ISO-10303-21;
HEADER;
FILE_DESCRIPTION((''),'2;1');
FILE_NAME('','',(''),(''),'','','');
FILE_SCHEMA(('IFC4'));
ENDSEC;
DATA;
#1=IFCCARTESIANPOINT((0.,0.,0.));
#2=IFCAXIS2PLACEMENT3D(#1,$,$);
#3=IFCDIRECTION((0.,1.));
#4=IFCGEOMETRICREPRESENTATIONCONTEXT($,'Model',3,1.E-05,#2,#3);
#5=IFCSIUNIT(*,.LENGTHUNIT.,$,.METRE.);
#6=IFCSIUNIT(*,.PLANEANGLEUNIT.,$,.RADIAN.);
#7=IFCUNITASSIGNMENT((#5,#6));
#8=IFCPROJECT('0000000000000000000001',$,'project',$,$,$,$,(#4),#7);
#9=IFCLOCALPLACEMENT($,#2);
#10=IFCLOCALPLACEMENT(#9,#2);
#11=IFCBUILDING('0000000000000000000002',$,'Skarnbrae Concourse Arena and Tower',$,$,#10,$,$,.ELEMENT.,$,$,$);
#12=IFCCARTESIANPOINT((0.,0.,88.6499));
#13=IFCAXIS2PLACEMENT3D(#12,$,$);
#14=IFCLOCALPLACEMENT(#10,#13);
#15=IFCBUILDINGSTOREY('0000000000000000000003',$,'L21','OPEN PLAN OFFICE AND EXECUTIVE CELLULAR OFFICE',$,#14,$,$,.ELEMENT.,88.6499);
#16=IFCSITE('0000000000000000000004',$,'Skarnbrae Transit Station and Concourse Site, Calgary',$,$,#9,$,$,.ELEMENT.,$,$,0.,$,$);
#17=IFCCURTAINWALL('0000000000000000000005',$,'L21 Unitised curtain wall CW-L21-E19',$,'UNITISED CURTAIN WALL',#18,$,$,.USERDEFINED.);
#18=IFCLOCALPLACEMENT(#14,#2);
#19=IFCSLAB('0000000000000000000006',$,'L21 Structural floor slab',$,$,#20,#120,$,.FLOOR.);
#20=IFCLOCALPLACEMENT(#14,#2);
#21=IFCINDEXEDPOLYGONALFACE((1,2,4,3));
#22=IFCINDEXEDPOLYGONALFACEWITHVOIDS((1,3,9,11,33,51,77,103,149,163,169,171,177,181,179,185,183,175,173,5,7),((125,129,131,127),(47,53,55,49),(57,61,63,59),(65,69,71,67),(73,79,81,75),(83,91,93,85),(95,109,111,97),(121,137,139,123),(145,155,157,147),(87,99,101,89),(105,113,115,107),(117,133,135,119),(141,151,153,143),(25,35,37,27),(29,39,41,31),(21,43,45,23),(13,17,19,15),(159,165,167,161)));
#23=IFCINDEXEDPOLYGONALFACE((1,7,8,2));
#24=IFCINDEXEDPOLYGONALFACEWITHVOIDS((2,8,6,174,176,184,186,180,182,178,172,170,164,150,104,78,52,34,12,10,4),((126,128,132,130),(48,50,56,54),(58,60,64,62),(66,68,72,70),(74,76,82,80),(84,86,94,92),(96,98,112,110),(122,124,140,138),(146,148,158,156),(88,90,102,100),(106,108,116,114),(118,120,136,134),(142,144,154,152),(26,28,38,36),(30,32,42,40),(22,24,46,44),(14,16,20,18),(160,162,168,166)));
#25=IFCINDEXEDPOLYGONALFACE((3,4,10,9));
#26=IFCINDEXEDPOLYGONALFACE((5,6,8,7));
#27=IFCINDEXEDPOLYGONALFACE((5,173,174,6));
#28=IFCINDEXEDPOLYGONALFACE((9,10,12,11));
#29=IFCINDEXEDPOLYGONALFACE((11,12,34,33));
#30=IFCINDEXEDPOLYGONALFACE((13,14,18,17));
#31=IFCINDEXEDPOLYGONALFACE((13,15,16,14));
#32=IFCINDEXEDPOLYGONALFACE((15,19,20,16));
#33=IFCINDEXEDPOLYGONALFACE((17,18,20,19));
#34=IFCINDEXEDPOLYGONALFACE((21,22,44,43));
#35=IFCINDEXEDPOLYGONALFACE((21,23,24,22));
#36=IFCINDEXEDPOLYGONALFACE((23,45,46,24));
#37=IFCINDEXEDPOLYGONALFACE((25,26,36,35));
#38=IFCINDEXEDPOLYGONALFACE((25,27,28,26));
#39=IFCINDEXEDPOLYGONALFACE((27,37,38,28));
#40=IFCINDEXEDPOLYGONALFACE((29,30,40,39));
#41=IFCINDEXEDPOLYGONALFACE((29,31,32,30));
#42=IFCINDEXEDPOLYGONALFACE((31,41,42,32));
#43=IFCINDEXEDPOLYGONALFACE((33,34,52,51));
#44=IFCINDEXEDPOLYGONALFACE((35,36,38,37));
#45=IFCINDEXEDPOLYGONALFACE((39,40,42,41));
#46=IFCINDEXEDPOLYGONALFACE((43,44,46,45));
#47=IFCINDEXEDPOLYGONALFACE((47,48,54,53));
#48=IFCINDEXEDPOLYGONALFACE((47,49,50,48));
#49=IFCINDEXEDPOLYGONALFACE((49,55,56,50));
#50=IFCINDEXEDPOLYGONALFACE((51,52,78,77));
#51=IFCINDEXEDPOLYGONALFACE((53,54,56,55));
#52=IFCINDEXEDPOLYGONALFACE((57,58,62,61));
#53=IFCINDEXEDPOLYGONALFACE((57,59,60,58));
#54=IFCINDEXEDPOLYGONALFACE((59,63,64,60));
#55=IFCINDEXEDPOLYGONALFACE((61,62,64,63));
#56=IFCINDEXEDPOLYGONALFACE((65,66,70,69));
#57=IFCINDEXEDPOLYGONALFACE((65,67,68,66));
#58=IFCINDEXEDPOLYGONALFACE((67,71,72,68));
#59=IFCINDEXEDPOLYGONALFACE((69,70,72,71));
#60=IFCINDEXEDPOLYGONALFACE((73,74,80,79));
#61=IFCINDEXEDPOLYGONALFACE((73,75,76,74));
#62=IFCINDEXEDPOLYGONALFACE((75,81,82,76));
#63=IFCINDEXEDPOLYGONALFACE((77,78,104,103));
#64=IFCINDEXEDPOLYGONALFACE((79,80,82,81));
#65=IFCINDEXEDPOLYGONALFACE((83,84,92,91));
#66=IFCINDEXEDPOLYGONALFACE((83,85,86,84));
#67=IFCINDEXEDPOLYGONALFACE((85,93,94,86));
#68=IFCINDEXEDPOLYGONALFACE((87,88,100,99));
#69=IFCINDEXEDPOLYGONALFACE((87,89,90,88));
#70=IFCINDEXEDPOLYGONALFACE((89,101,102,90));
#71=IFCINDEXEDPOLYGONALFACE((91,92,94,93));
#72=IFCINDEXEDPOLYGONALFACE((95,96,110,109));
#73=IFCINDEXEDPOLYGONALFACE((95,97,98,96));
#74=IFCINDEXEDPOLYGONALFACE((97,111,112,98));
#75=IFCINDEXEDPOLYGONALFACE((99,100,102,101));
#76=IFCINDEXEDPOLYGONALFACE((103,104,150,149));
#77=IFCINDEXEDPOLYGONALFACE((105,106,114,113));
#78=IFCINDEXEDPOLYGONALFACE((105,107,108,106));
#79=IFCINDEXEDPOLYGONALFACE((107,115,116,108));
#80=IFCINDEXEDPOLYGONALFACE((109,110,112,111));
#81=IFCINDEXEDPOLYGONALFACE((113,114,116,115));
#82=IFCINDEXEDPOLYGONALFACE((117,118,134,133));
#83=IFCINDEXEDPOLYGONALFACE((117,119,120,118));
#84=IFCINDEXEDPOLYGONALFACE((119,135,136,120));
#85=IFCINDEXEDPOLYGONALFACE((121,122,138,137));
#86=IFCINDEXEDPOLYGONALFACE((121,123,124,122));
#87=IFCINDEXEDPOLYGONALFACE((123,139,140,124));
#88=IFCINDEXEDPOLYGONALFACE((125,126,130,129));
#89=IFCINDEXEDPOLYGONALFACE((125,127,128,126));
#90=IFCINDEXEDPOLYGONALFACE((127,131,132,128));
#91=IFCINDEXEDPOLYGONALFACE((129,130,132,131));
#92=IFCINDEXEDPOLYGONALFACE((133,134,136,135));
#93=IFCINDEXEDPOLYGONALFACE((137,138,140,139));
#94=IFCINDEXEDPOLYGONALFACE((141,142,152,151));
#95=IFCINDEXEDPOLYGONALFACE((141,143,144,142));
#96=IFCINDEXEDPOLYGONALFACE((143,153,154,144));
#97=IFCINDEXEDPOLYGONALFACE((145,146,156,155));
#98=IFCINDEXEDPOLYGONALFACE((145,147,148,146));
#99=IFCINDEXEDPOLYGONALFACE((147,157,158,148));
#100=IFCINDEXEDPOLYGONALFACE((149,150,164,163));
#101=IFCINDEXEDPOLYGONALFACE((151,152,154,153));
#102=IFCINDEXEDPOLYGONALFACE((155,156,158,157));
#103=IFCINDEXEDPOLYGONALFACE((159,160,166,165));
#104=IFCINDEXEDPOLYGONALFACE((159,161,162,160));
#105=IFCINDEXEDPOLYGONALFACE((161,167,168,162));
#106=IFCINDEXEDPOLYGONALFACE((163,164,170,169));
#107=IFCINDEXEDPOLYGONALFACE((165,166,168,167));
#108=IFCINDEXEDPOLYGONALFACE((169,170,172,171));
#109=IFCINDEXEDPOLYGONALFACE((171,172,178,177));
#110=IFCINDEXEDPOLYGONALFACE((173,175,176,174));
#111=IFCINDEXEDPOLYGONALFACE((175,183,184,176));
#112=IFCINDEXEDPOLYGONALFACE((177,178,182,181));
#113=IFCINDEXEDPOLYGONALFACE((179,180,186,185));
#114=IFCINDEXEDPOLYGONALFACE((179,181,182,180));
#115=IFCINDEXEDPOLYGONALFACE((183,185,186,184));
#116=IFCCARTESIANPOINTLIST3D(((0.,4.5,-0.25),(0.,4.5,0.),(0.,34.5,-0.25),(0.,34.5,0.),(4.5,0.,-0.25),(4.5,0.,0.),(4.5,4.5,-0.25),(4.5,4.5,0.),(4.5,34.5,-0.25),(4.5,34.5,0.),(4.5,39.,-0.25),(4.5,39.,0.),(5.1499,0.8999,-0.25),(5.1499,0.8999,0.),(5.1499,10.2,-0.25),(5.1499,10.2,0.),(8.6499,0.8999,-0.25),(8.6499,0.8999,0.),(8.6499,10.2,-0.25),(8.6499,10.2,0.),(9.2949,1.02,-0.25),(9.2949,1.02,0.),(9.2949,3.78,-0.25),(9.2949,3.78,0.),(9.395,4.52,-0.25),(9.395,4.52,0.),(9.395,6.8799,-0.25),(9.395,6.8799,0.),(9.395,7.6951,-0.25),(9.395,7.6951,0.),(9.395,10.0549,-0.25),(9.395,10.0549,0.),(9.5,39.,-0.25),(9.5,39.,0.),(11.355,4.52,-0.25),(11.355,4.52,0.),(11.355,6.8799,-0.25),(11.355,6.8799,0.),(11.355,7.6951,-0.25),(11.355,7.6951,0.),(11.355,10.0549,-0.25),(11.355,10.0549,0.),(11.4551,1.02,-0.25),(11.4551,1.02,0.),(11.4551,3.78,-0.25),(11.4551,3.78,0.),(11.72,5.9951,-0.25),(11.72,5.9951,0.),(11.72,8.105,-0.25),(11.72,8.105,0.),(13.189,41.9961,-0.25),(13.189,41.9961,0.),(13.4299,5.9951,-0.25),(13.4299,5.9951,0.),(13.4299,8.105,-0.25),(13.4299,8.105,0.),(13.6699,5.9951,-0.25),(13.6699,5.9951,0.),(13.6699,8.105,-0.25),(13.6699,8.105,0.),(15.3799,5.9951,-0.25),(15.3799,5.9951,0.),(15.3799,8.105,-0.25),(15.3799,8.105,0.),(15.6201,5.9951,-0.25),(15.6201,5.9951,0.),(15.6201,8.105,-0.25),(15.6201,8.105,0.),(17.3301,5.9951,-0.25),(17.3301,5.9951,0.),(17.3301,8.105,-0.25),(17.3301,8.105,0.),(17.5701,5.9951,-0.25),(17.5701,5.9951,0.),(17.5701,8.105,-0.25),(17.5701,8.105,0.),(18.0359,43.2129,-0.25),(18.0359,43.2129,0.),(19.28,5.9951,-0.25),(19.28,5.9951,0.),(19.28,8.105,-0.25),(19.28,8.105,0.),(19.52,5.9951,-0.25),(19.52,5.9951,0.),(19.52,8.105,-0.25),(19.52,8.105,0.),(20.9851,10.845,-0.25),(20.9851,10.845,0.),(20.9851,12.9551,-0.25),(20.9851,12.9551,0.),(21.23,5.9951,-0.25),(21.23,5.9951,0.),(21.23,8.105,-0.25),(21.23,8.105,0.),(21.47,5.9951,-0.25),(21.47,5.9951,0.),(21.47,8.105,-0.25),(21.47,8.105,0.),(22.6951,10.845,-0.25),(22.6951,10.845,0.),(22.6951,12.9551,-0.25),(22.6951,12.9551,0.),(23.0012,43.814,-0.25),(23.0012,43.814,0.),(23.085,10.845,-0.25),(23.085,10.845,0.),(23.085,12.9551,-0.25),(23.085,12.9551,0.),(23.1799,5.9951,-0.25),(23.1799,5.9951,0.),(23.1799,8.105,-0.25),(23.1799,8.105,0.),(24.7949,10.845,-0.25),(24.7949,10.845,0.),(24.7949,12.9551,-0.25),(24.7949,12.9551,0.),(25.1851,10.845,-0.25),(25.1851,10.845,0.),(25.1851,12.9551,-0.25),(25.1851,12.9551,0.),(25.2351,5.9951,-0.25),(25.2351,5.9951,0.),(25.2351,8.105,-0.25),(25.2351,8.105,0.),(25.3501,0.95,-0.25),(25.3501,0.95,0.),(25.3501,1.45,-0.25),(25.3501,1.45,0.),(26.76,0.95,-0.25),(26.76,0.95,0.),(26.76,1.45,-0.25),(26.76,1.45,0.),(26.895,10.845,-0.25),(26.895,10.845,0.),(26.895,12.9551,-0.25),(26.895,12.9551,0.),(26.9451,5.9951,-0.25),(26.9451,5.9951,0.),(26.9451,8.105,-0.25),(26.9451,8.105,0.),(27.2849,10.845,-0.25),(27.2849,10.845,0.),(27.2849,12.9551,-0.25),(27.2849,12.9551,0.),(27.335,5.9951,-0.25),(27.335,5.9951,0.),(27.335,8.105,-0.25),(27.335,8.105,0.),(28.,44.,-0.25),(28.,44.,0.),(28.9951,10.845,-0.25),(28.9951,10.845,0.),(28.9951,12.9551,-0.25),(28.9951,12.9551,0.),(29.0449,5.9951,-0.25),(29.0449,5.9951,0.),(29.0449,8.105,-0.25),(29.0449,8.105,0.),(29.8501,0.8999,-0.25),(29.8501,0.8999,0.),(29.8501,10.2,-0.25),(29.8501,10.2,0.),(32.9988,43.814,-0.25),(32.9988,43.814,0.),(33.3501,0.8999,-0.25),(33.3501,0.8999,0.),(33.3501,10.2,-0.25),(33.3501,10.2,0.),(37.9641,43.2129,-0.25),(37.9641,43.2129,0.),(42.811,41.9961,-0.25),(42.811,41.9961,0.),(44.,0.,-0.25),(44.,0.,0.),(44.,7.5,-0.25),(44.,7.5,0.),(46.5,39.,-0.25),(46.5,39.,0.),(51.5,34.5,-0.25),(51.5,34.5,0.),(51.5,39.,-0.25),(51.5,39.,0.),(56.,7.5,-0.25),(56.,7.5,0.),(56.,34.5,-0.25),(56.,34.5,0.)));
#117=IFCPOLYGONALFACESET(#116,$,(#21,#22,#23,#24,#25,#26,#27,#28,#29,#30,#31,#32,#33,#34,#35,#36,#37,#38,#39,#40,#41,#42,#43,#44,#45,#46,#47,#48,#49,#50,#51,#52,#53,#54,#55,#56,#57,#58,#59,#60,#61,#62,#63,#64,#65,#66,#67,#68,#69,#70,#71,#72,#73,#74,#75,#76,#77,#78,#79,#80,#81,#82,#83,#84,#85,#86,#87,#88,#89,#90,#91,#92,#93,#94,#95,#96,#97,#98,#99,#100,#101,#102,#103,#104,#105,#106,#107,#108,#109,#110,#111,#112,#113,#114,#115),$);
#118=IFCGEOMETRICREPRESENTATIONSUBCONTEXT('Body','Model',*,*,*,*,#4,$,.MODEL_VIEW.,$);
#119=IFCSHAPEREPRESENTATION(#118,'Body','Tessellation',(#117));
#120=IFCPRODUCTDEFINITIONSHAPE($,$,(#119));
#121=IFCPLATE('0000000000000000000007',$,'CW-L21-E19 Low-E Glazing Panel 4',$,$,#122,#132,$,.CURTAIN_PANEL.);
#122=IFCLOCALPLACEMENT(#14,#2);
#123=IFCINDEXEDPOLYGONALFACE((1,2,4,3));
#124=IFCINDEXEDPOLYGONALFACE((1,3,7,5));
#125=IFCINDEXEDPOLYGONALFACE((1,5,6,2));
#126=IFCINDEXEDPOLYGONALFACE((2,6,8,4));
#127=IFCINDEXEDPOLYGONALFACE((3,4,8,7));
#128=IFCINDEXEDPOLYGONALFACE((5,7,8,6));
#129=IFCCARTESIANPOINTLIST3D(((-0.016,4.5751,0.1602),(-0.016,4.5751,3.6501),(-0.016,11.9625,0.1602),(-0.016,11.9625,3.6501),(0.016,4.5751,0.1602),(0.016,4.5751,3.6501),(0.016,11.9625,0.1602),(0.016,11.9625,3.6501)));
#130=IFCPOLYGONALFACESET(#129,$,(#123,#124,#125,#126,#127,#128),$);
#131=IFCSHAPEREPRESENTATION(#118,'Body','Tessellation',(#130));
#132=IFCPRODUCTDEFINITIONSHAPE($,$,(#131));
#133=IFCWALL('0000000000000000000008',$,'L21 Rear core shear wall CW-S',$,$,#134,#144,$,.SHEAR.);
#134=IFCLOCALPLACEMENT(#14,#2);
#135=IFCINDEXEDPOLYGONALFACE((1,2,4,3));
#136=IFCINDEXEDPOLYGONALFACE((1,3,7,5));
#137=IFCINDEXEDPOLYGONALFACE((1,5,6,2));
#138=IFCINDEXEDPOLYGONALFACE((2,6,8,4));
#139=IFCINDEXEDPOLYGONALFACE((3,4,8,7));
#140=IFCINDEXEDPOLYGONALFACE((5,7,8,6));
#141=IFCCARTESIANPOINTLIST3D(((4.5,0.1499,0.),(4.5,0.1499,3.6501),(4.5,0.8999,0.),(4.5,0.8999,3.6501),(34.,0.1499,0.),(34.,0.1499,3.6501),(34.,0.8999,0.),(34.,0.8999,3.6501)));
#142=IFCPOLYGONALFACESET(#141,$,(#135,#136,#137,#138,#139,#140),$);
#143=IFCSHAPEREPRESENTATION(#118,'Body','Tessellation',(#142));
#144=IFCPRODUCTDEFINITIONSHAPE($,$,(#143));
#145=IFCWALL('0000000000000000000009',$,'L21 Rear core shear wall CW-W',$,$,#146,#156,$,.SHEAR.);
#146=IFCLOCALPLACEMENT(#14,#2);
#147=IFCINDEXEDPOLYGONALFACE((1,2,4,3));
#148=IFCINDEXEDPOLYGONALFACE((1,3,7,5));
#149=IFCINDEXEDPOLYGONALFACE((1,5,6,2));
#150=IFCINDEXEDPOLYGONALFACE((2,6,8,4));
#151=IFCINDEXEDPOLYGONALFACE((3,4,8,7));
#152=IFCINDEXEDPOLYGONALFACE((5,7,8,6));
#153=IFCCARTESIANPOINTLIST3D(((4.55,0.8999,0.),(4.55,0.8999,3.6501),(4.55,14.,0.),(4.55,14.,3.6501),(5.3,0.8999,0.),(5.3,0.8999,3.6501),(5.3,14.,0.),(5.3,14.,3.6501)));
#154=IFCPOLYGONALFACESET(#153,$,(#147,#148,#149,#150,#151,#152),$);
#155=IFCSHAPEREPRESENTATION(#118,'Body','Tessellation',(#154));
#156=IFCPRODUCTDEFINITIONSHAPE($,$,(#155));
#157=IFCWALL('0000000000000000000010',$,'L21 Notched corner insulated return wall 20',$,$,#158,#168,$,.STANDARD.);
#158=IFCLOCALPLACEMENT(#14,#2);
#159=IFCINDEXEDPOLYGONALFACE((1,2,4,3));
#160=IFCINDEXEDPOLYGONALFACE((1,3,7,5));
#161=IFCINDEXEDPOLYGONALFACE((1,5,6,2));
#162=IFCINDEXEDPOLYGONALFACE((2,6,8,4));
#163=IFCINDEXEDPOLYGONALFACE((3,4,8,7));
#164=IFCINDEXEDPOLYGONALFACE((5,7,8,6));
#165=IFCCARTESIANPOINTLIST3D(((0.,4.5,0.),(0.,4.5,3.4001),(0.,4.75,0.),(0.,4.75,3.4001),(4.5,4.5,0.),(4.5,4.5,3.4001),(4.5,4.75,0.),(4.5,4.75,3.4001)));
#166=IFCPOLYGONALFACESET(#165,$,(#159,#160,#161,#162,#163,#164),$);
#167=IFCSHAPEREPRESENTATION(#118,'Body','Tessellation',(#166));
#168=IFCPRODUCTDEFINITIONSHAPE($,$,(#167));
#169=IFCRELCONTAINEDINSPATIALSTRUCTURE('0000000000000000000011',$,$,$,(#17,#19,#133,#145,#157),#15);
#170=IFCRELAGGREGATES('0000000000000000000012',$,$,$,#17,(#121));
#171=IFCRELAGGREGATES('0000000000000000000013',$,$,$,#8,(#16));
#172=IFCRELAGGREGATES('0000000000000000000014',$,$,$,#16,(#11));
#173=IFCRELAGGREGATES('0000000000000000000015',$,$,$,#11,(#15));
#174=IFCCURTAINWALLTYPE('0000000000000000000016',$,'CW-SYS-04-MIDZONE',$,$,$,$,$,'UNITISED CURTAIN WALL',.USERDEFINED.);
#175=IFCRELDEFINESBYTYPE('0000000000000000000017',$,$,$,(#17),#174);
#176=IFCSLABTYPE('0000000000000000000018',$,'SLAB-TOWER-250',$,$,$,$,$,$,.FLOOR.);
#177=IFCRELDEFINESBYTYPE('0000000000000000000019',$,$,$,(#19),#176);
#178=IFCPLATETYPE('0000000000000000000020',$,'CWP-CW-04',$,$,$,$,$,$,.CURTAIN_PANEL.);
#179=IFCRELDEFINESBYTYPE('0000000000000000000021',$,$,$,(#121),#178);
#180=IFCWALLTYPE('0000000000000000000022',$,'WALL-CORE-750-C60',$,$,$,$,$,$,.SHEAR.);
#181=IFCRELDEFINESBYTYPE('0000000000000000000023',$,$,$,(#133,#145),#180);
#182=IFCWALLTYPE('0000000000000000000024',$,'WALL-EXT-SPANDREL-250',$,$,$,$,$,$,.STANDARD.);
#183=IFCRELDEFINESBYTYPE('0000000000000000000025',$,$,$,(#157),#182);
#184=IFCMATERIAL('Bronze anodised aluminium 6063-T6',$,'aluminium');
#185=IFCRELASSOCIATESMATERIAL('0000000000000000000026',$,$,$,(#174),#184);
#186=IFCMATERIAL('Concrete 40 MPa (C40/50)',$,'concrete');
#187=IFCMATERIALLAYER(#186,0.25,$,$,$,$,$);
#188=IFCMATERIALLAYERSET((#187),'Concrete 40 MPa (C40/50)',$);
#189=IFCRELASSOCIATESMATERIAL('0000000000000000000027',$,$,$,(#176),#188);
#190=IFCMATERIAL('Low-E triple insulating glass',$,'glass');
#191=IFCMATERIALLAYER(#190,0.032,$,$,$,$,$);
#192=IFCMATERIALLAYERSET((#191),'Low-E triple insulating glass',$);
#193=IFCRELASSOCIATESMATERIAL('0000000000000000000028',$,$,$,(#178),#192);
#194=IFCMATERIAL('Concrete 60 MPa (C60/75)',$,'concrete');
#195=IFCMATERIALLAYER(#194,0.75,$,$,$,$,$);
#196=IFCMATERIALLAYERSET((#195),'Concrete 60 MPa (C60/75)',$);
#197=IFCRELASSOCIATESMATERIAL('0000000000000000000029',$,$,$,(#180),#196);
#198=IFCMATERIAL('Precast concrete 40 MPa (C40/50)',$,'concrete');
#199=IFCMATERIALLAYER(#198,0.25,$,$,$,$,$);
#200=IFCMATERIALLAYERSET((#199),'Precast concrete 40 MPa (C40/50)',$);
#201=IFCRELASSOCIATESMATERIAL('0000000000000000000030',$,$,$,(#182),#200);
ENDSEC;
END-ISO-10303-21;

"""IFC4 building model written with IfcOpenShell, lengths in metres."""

from ifc_helpers import new_model, si_unit, direction, frame, frame_2d, origin, origin_2d, place, context, subcontext, project, spatial, polyline, rectangle, outline, extrude, source, transform, mapped, material, layer, layer_set, type_object, element, aggregate, save


model = new_model("IFC4")

# Units and contexts
model_context = context("Model", 3, precision=1e-05, world=origin(), true_north=direction((0.0, 1.0)))
body_context = subcontext(model_context, "Body", "Model", "MODEL_VIEW")
ifc_project = project(units=[si_unit("LENGTHUNIT", "METRE"), si_unit("PLANEANGLEUNIT", "RADIAN")], contexts=[model_context])

# Site, building, storey
site_placement = place(None, origin())
site = spatial("IfcSite", under=ifc_project, at=site_placement, Name="Skarnbrae Transit Station and Concourse Site, Calgary", CompositionType="ELEMENT", RefElevation=0.0)
building_placement = place(site_placement, origin())
building = spatial("IfcBuilding", under=site, at=building_placement, Name="Skarnbrae Concourse Arena and Tower", CompositionType="ELEMENT")
storey_placement = place(building_placement, frame((0.0, 0.0, 88.6499)))
storey = spatial("IfcBuildingStorey", under=building, at=storey_placement, Name="L21", Description="OPEN PLAN OFFICE AND EXECUTIVE CELLULAR OFFICE", CompositionType="ELEMENT", Elevation=88.6499)

# Curtain wall
ifc_material_1 = material(Name="Bronze anodised aluminium 6063-T6", Category="aluminium")
curtain_wall_type = type_object("IfcCurtainWallType", Name="CW-SYS-04-MIDZONE", ElementType="UNITISED CURTAIN WALL", PredefinedType="USERDEFINED", material=ifc_material_1)
curtain_wall_placement = place(storey_placement, origin())
curtain_wall = element("IfcCurtainWall", 1, at=curtain_wall_placement, inside=storey, type_object=curtain_wall_type, Name="L21 Unitised curtain wall CW-L21-E19", ObjectType="UNITISED CURTAIN WALL", PredefinedType="USERDEFINED")

# Shared definitions
ifc_material_2 = material(Name="Concrete 40 MPa (C40/50)", Category="concrete")

# Slab
ifc_layer_1 = layer(ifc_material_2, 0.25)
ifc_layer_set_1 = layer_set([ifc_layer_1], Name="Concrete 40 MPa (C40/50)")
slab_type_1 = type_object("IfcSlabType", Name="SLAB-TOWER-250", PredefinedType="FLOOR", material=ifc_layer_set_1)
slab_1_placement = place(storey_placement, frame((0.0, 0.0, -0.25)))
element("IfcSlab", 2, at=slab_1_placement, inside=storey, type_object=slab_type_1, Name="L21 Structural floor slab", PredefinedType="FLOOR", context=body_context, shape_type="SweptSolid", body=[
    extrude(outline(polyline([(4.5, 0.0), (44.0, 0.0), (44.0, 7.5), (56.0, 7.5), (56.0, 34.5), (51.5, 34.5), (51.5, 39.0), (46.5, 39.0), (42.811, 41.9961), (37.9641, 43.2129), (32.9988, 43.814), (28.0, 44.0), (23.0012, 43.814), (18.0359, 43.2129), (13.189, 41.9961), (9.5, 39.0), (4.5, 39.0), (4.5, 34.5), (0.0, 34.5), (0.0, 4.5), (4.5, 4.5), (4.5, 0.0)]), holes=[polyline([(9.2949, 3.78), (11.4551, 3.78), (11.4551, 1.02), (9.2949, 1.02), (9.2949, 3.78)]), polyline([(8.6499, 10.2), (8.6499, 0.8999), (5.1499, 0.8999), (5.1499, 10.2), (8.6499, 10.2)]), polyline([(9.395, 6.8799), (11.355, 6.8799), (11.355, 4.52), (9.395, 4.52), (9.395, 6.8799)]), polyline([(11.72, 8.105), (13.4299, 8.105), (13.4299, 5.9951), (11.72, 5.9951), (11.72, 8.105)]), polyline([(13.6699, 8.105), (15.3799, 8.105), (15.3799, 5.9951), (13.6699, 5.9951), (13.6699, 8.105)]), polyline([(15.6201, 8.105), (17.3301, 8.105), (17.3301, 5.9951), (15.6201, 5.9951), (15.6201, 8.105)]), polyline([(17.5701, 8.105), (19.28, 8.105), (19.28, 5.9951), (17.5701, 5.9951), (17.5701, 8.105)]), polyline([(21.23, 8.105), (21.23, 5.9951), (19.52, 5.9951), (19.52, 8.105), (21.23, 8.105)]), polyline([(11.355, 10.0549), (11.355, 7.6951), (9.395, 7.6951), (9.395, 10.0549), (11.355, 10.0549)]), polyline([(25.3501, 1.45), (26.76, 1.45), (26.76, 0.95), (25.3501, 0.95), (25.3501, 1.45)]), polyline([(33.3501, 10.2), (33.3501, 0.8999), (29.8501, 0.8999), (29.8501, 10.2), (33.3501, 10.2)]), polyline([(21.47, 8.105), (23.1799, 8.105), (23.1799, 5.9951), (21.47, 5.9951), (21.47, 8.105)]), polyline([(25.2351, 8.105), (26.9451, 8.105), (26.9451, 5.9951), (25.2351, 5.9951), (25.2351, 8.105)]), polyline([(27.335, 8.105), (29.0449, 8.105), (29.0449, 5.9951), (27.335, 5.9951), (27.335, 8.105)]), polyline([(20.9851, 12.9551), (22.6951, 12.9551), (22.6951, 10.845), (20.9851, 10.845), (20.9851, 12.9551)]), polyline([(23.085, 12.9551), (24.7949, 12.9551), (24.7949, 10.845), (23.085, 10.845), (23.085, 12.9551)]), polyline([(26.895, 12.9551), (26.895, 10.845), (25.1851, 10.845), (25.1851, 12.9551), (26.895, 12.9551)]), polyline([(28.9951, 12.9551), (28.9951, 10.845), (27.2849, 10.845), (27.2849, 12.9551), (28.9951, 12.9551)])]), origin(), (0.0, 0.0, 1.0), 0.25),
])

# Plate
ifc_material_3 = material(Name="Low-E triple insulating glass", Category="glass")
ifc_layer_2 = layer(ifc_material_3, 0.032)
ifc_layer_set_2 = layer_set([ifc_layer_2], Name="Low-E triple insulating glass")
plate_type = type_object("IfcPlateType", Name="CWP-CW-04", PredefinedType="CURTAIN_PANEL", material=ifc_layer_set_2)
shared_shape_1 = source(origin(), body_context, "Body", "SweptSolid", [
    extrude(rectangle(XDim=7.3875, YDim=0.032, at=origin_2d()), origin(), (0.0, 0.0, 1.0), 3.49),
])
plate_placement = place(storey_placement, frame((0.0, 8.2688, 0.1602), z_axis=(0.0, 0.0, 1.0), x_axis=(0.0, -1.0, 0.0)))
plate = element("IfcPlate", 3, at=plate_placement, type_object=plate_type, Name="CW-L21-E19 Low-E Glazing Panel 4", PredefinedType="CURTAIN_PANEL", context=body_context, shape_type="MappedRepresentation", body=[
    mapped(shared_shape_1, transform((0.0, 0.0, 0.0))),
])
aggregate(curtain_wall, [plate])

# Walls
ifc_material_4 = material(Name="Concrete 60 MPa (C60/75)", Category="concrete")
ifc_layer_3 = layer(ifc_material_4, 0.75)
ifc_layer_set_3 = layer_set([ifc_layer_3], Name="Concrete 60 MPa (C60/75)")
wall_type_1 = type_object("IfcWallType", Name="WALL-CORE-750-C60", PredefinedType="SHEAR", material=ifc_layer_set_3)
shared_shape_2 = source(origin(), body_context, "Body", "SweptSolid", [
    extrude(rectangle(XDim=29.5, YDim=0.75, at=frame_2d((14.75, 0.0))), origin(), (0.0, 0.0, 1.0), 3.6501),
])
wall_1_placement = place(storey_placement, frame((4.5, 0.5249, 0.0), z_axis=(0.0, 0.0, 1.0), x_axis=(1.0, 0.0, 0.0)))
element("IfcWall", 4, at=wall_1_placement, inside=storey, type_object=wall_type_1, Name="L21 Rear core shear wall CW-S", PredefinedType="SHEAR", context=body_context, shape_type="MappedRepresentation", body=[
    mapped(shared_shape_2, transform((0.0, 0.0, 0.0))),
])
shared_shape_3 = source(origin(), body_context, "Body", "SweptSolid", [
    extrude(rectangle(XDim=13.1001, YDim=0.75, at=frame_2d((6.55, 0.0))), origin(), (0.0, 0.0, 1.0), 3.6501),
])
wall_2_placement = place(storey_placement, frame((4.925, 0.8999, 0.0), z_axis=(0.0, 0.0, 1.0), x_axis=(0.0, 1.0, 0.0)))
element("IfcWall", 5, at=wall_2_placement, inside=storey, type_object=wall_type_1, Name="L21 Rear core shear wall CW-W", PredefinedType="SHEAR", context=body_context, shape_type="MappedRepresentation", body=[
    mapped(shared_shape_3, transform((0.0, 0.0, 0.0))),
])
ifc_material_5 = material(Name="Precast concrete 40 MPa (C40/50)", Category="concrete")
ifc_layer_4 = layer(ifc_material_5, 0.25)
ifc_layer_set_4 = layer_set([ifc_layer_4], Name="Precast concrete 40 MPa (C40/50)")
wall_type_2 = type_object("IfcWallType", Name="WALL-EXT-SPANDREL-250", PredefinedType="STANDARD", material=ifc_layer_set_4)
shared_shape_4 = source(origin(), body_context, "Body", "SweptSolid", [
    extrude(rectangle(XDim=4.5, YDim=0.25, at=frame_2d((2.25, 0.0))), origin(), (0.0, 0.0, 1.0), 3.4001),
])
wall_3_placement = place(storey_placement, frame((0.0, 4.625, 0.0), z_axis=(0.0, 0.0, 1.0), x_axis=(1.0, 0.0, 0.0)))
element("IfcWall", 6, at=wall_3_placement, inside=storey, type_object=wall_type_2, Name="L21 Notched corner insulated return wall 20", PredefinedType="STANDARD", context=body_context, shape_type="MappedRepresentation", body=[
    mapped(shared_shape_4, transform((0.0, 0.0, 0.0))),
])

save(model, "model.ifc")
